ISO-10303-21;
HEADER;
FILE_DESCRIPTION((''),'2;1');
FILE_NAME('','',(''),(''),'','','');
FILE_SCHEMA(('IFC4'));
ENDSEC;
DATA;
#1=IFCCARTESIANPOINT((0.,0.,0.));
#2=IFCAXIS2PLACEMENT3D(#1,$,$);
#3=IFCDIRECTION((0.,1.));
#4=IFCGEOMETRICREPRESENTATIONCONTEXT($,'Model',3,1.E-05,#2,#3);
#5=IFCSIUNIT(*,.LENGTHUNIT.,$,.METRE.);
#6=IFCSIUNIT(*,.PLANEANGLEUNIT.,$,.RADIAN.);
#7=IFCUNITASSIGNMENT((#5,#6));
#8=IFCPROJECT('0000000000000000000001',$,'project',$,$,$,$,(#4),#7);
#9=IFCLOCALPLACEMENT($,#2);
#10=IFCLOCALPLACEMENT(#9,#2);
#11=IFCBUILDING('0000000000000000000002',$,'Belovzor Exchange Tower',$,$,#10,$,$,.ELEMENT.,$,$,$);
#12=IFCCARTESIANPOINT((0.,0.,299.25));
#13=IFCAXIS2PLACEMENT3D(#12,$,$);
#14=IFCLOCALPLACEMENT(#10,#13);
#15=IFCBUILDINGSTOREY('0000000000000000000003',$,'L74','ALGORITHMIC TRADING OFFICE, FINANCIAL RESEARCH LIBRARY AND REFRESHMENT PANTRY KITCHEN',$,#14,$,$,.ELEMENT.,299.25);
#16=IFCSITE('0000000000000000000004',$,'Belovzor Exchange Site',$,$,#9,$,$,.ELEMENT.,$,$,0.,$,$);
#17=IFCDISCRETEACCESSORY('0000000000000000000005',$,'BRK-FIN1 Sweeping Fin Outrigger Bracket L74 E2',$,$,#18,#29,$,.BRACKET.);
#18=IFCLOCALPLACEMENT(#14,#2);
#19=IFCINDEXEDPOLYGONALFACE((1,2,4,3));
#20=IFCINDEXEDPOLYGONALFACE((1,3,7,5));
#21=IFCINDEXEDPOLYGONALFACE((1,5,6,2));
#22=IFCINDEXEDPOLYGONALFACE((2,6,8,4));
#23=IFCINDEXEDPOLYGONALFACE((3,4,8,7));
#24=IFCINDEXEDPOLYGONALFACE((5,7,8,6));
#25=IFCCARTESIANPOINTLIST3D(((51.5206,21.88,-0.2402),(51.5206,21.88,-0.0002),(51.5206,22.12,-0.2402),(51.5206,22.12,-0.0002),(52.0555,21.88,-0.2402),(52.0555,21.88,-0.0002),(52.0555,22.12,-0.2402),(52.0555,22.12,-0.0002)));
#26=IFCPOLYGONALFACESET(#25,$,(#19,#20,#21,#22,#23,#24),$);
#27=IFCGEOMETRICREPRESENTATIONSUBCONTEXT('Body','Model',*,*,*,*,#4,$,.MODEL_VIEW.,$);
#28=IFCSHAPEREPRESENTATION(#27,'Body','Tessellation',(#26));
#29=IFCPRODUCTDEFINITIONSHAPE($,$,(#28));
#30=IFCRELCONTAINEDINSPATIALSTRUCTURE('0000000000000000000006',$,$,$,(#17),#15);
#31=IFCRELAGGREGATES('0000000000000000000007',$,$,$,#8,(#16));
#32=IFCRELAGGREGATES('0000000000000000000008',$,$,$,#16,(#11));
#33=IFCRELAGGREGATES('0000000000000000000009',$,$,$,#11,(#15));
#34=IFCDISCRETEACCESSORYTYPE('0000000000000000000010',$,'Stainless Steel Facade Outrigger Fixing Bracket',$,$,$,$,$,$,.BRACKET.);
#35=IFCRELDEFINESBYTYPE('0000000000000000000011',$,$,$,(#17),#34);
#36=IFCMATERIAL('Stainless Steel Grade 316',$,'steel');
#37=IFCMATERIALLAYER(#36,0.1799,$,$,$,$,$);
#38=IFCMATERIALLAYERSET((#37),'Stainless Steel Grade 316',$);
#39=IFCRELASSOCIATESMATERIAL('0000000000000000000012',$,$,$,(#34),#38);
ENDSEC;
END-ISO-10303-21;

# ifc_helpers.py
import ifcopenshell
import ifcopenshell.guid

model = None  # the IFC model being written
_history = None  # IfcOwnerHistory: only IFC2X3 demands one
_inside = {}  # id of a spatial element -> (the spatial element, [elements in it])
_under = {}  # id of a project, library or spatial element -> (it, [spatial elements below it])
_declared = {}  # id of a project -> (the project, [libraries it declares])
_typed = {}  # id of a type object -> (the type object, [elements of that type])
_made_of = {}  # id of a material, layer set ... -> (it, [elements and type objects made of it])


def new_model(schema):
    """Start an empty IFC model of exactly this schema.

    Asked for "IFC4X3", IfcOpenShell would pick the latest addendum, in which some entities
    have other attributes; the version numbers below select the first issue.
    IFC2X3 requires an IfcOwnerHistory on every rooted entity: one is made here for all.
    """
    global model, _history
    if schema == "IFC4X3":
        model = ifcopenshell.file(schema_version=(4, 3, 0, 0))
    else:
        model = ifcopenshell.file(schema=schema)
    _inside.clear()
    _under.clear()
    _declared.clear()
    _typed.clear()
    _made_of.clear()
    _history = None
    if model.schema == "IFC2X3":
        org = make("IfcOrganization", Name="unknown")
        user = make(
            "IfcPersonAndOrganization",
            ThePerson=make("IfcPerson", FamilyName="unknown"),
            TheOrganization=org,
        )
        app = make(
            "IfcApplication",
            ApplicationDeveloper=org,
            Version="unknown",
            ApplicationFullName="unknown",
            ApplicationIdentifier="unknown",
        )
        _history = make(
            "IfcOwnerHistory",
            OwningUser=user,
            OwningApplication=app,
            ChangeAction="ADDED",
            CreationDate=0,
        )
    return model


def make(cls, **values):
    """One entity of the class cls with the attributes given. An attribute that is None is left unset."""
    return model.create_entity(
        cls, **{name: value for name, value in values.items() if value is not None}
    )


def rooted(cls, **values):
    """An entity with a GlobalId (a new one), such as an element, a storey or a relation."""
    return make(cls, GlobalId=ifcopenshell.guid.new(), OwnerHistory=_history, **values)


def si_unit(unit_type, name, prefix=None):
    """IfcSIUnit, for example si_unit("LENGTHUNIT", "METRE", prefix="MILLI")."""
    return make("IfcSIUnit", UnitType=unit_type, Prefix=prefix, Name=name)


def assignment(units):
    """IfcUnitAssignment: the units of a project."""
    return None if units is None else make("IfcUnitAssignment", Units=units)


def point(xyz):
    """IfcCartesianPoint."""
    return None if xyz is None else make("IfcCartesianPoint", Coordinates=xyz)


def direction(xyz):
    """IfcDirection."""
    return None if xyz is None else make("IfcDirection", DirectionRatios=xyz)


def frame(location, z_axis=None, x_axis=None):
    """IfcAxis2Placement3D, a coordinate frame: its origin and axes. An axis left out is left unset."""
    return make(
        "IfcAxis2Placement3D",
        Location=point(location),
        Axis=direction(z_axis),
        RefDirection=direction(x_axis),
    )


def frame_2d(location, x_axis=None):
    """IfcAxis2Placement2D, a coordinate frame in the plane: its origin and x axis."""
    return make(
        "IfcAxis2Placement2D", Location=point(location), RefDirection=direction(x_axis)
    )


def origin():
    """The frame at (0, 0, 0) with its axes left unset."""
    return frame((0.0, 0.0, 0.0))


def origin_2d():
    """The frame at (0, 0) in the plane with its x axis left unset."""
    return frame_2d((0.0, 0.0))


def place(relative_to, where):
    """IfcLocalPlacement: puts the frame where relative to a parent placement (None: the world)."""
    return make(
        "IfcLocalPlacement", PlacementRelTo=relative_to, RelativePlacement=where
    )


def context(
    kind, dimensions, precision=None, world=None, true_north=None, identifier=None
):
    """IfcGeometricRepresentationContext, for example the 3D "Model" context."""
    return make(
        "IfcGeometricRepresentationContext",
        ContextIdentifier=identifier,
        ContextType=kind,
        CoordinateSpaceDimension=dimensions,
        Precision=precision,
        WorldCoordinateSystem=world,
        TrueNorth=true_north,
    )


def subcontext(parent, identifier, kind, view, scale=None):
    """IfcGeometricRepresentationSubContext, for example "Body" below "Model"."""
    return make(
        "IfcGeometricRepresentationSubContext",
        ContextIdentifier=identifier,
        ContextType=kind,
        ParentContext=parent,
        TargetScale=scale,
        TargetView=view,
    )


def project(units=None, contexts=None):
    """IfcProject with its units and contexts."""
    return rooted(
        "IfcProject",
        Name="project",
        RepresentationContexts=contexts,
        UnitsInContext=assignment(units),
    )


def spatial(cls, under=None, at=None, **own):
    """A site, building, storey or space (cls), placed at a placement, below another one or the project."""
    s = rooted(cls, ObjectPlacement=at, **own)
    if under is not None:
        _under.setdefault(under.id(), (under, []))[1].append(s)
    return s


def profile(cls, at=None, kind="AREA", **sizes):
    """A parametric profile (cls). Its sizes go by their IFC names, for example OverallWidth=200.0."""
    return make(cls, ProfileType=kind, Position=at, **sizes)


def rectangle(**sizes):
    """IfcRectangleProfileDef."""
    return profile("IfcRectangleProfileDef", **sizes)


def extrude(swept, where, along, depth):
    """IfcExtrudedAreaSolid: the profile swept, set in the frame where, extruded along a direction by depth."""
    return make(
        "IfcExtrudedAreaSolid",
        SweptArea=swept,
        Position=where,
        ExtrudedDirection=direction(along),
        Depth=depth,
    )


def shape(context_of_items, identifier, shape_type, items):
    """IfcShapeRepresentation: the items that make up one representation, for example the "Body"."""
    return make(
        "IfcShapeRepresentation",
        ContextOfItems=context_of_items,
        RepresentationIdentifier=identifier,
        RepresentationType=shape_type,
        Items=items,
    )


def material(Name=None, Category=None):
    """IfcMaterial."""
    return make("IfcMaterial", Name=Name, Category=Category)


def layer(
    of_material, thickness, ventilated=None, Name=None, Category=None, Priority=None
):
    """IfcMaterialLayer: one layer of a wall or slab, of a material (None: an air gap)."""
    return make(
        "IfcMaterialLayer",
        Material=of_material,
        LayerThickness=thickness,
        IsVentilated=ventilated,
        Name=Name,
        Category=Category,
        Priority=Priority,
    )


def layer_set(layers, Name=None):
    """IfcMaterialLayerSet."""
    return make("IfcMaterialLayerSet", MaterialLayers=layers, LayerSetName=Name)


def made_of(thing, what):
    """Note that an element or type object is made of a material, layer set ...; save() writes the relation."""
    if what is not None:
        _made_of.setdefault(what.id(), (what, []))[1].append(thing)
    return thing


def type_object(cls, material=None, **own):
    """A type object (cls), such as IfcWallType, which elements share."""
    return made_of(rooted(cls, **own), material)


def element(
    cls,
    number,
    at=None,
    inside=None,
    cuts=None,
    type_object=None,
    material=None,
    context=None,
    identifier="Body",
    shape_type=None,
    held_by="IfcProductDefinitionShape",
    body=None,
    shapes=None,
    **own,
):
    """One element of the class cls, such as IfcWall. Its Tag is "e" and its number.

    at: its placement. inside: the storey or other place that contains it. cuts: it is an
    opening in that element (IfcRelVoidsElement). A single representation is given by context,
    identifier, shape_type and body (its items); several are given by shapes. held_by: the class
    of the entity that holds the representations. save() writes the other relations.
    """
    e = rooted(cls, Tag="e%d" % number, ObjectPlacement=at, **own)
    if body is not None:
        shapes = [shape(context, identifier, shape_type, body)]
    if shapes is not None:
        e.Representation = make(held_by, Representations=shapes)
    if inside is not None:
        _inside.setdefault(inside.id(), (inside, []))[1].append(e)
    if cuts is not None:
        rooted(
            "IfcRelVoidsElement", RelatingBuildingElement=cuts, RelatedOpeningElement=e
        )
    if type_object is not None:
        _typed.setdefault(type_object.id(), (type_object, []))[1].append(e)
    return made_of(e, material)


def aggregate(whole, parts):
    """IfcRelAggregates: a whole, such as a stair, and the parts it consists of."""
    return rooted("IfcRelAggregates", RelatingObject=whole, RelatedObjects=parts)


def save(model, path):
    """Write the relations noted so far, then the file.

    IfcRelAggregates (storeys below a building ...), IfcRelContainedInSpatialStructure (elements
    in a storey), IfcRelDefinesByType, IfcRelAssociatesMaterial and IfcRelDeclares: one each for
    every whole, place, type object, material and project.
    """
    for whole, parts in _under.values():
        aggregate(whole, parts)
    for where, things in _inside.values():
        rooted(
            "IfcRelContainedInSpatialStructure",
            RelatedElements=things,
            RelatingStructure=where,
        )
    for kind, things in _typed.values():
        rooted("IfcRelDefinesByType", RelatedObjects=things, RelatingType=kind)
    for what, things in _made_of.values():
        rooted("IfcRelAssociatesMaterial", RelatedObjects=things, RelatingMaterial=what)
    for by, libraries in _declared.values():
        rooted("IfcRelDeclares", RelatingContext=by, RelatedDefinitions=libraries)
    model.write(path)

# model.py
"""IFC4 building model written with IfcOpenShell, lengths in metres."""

from ifc_helpers import new_model, si_unit, direction, frame, origin, origin_2d, place, context, subcontext, project, spatial, rectangle, extrude, material, layer, layer_set, type_object, element, save


model = new_model("IFC4")

# Units and contexts
model_context = context("Model", 3, precision=1e-05, world=origin(), true_north=direction((0.0, 1.0)))
body_context = subcontext(model_context, "Body", "Model", "MODEL_VIEW")
ifc_project = project(units=[si_unit("LENGTHUNIT", "METRE"), si_unit("PLANEANGLEUNIT", "RADIAN")], contexts=[model_context])

# Site, building, storey
site_placement = place(None, origin())
site = spatial("IfcSite", under=ifc_project, at=site_placement, Name="Belovzor Exchange Site", CompositionType="ELEMENT", RefElevation=0.0)
building_placement = place(site_placement, origin())
building = spatial("IfcBuilding", under=site, at=building_placement, Name="Belovzor Exchange Tower", CompositionType="ELEMENT")
storey_placement = place(building_placement, frame((0.0, 0.0, 299.25)))
storey = spatial("IfcBuildingStorey", under=building, at=storey_placement, Name="L74", Description="ALGORITHMIC TRADING OFFICE, FINANCIAL RESEARCH LIBRARY AND REFRESHMENT PANTRY KITCHEN", CompositionType="ELEMENT", Elevation=299.25)

# Discrete accessory
ifc_material_1 = material(Name="Stainless Steel Grade 316", Category="steel")
ifc_layer_1 = layer(ifc_material_1, 0.1799)
ifc_layer_set_1 = layer_set([ifc_layer_1], Name="Stainless Steel Grade 316")
discrete_accessory_type = type_object("IfcDiscreteAccessoryType", Name="Stainless Steel Facade Outrigger Fixing Bracket", PredefinedType="BRACKET", material=ifc_layer_set_1)
discrete_accessory_placement = place(storey_placement, frame((51.7881, 22.0, -0.2402), z_axis=(0.0, 0.0, 1.0), x_axis=(1.0, 0.0, 0.0)))
element("IfcDiscreteAccessory", 1, at=discrete_accessory_placement, inside=storey, type_object=discrete_accessory_type, Name="BRK-FIN1 Sweeping Fin Outrigger Bracket L74 E2", PredefinedType="BRACKET", context=body_context, shape_type="SweptSolid", body=[
    extrude(rectangle(XDim=0.5349, YDim=0.24, at=origin_2d()), origin(), (0.0, 0.0, 1.0), 0.24),
])

save(model, "model.ifc")
